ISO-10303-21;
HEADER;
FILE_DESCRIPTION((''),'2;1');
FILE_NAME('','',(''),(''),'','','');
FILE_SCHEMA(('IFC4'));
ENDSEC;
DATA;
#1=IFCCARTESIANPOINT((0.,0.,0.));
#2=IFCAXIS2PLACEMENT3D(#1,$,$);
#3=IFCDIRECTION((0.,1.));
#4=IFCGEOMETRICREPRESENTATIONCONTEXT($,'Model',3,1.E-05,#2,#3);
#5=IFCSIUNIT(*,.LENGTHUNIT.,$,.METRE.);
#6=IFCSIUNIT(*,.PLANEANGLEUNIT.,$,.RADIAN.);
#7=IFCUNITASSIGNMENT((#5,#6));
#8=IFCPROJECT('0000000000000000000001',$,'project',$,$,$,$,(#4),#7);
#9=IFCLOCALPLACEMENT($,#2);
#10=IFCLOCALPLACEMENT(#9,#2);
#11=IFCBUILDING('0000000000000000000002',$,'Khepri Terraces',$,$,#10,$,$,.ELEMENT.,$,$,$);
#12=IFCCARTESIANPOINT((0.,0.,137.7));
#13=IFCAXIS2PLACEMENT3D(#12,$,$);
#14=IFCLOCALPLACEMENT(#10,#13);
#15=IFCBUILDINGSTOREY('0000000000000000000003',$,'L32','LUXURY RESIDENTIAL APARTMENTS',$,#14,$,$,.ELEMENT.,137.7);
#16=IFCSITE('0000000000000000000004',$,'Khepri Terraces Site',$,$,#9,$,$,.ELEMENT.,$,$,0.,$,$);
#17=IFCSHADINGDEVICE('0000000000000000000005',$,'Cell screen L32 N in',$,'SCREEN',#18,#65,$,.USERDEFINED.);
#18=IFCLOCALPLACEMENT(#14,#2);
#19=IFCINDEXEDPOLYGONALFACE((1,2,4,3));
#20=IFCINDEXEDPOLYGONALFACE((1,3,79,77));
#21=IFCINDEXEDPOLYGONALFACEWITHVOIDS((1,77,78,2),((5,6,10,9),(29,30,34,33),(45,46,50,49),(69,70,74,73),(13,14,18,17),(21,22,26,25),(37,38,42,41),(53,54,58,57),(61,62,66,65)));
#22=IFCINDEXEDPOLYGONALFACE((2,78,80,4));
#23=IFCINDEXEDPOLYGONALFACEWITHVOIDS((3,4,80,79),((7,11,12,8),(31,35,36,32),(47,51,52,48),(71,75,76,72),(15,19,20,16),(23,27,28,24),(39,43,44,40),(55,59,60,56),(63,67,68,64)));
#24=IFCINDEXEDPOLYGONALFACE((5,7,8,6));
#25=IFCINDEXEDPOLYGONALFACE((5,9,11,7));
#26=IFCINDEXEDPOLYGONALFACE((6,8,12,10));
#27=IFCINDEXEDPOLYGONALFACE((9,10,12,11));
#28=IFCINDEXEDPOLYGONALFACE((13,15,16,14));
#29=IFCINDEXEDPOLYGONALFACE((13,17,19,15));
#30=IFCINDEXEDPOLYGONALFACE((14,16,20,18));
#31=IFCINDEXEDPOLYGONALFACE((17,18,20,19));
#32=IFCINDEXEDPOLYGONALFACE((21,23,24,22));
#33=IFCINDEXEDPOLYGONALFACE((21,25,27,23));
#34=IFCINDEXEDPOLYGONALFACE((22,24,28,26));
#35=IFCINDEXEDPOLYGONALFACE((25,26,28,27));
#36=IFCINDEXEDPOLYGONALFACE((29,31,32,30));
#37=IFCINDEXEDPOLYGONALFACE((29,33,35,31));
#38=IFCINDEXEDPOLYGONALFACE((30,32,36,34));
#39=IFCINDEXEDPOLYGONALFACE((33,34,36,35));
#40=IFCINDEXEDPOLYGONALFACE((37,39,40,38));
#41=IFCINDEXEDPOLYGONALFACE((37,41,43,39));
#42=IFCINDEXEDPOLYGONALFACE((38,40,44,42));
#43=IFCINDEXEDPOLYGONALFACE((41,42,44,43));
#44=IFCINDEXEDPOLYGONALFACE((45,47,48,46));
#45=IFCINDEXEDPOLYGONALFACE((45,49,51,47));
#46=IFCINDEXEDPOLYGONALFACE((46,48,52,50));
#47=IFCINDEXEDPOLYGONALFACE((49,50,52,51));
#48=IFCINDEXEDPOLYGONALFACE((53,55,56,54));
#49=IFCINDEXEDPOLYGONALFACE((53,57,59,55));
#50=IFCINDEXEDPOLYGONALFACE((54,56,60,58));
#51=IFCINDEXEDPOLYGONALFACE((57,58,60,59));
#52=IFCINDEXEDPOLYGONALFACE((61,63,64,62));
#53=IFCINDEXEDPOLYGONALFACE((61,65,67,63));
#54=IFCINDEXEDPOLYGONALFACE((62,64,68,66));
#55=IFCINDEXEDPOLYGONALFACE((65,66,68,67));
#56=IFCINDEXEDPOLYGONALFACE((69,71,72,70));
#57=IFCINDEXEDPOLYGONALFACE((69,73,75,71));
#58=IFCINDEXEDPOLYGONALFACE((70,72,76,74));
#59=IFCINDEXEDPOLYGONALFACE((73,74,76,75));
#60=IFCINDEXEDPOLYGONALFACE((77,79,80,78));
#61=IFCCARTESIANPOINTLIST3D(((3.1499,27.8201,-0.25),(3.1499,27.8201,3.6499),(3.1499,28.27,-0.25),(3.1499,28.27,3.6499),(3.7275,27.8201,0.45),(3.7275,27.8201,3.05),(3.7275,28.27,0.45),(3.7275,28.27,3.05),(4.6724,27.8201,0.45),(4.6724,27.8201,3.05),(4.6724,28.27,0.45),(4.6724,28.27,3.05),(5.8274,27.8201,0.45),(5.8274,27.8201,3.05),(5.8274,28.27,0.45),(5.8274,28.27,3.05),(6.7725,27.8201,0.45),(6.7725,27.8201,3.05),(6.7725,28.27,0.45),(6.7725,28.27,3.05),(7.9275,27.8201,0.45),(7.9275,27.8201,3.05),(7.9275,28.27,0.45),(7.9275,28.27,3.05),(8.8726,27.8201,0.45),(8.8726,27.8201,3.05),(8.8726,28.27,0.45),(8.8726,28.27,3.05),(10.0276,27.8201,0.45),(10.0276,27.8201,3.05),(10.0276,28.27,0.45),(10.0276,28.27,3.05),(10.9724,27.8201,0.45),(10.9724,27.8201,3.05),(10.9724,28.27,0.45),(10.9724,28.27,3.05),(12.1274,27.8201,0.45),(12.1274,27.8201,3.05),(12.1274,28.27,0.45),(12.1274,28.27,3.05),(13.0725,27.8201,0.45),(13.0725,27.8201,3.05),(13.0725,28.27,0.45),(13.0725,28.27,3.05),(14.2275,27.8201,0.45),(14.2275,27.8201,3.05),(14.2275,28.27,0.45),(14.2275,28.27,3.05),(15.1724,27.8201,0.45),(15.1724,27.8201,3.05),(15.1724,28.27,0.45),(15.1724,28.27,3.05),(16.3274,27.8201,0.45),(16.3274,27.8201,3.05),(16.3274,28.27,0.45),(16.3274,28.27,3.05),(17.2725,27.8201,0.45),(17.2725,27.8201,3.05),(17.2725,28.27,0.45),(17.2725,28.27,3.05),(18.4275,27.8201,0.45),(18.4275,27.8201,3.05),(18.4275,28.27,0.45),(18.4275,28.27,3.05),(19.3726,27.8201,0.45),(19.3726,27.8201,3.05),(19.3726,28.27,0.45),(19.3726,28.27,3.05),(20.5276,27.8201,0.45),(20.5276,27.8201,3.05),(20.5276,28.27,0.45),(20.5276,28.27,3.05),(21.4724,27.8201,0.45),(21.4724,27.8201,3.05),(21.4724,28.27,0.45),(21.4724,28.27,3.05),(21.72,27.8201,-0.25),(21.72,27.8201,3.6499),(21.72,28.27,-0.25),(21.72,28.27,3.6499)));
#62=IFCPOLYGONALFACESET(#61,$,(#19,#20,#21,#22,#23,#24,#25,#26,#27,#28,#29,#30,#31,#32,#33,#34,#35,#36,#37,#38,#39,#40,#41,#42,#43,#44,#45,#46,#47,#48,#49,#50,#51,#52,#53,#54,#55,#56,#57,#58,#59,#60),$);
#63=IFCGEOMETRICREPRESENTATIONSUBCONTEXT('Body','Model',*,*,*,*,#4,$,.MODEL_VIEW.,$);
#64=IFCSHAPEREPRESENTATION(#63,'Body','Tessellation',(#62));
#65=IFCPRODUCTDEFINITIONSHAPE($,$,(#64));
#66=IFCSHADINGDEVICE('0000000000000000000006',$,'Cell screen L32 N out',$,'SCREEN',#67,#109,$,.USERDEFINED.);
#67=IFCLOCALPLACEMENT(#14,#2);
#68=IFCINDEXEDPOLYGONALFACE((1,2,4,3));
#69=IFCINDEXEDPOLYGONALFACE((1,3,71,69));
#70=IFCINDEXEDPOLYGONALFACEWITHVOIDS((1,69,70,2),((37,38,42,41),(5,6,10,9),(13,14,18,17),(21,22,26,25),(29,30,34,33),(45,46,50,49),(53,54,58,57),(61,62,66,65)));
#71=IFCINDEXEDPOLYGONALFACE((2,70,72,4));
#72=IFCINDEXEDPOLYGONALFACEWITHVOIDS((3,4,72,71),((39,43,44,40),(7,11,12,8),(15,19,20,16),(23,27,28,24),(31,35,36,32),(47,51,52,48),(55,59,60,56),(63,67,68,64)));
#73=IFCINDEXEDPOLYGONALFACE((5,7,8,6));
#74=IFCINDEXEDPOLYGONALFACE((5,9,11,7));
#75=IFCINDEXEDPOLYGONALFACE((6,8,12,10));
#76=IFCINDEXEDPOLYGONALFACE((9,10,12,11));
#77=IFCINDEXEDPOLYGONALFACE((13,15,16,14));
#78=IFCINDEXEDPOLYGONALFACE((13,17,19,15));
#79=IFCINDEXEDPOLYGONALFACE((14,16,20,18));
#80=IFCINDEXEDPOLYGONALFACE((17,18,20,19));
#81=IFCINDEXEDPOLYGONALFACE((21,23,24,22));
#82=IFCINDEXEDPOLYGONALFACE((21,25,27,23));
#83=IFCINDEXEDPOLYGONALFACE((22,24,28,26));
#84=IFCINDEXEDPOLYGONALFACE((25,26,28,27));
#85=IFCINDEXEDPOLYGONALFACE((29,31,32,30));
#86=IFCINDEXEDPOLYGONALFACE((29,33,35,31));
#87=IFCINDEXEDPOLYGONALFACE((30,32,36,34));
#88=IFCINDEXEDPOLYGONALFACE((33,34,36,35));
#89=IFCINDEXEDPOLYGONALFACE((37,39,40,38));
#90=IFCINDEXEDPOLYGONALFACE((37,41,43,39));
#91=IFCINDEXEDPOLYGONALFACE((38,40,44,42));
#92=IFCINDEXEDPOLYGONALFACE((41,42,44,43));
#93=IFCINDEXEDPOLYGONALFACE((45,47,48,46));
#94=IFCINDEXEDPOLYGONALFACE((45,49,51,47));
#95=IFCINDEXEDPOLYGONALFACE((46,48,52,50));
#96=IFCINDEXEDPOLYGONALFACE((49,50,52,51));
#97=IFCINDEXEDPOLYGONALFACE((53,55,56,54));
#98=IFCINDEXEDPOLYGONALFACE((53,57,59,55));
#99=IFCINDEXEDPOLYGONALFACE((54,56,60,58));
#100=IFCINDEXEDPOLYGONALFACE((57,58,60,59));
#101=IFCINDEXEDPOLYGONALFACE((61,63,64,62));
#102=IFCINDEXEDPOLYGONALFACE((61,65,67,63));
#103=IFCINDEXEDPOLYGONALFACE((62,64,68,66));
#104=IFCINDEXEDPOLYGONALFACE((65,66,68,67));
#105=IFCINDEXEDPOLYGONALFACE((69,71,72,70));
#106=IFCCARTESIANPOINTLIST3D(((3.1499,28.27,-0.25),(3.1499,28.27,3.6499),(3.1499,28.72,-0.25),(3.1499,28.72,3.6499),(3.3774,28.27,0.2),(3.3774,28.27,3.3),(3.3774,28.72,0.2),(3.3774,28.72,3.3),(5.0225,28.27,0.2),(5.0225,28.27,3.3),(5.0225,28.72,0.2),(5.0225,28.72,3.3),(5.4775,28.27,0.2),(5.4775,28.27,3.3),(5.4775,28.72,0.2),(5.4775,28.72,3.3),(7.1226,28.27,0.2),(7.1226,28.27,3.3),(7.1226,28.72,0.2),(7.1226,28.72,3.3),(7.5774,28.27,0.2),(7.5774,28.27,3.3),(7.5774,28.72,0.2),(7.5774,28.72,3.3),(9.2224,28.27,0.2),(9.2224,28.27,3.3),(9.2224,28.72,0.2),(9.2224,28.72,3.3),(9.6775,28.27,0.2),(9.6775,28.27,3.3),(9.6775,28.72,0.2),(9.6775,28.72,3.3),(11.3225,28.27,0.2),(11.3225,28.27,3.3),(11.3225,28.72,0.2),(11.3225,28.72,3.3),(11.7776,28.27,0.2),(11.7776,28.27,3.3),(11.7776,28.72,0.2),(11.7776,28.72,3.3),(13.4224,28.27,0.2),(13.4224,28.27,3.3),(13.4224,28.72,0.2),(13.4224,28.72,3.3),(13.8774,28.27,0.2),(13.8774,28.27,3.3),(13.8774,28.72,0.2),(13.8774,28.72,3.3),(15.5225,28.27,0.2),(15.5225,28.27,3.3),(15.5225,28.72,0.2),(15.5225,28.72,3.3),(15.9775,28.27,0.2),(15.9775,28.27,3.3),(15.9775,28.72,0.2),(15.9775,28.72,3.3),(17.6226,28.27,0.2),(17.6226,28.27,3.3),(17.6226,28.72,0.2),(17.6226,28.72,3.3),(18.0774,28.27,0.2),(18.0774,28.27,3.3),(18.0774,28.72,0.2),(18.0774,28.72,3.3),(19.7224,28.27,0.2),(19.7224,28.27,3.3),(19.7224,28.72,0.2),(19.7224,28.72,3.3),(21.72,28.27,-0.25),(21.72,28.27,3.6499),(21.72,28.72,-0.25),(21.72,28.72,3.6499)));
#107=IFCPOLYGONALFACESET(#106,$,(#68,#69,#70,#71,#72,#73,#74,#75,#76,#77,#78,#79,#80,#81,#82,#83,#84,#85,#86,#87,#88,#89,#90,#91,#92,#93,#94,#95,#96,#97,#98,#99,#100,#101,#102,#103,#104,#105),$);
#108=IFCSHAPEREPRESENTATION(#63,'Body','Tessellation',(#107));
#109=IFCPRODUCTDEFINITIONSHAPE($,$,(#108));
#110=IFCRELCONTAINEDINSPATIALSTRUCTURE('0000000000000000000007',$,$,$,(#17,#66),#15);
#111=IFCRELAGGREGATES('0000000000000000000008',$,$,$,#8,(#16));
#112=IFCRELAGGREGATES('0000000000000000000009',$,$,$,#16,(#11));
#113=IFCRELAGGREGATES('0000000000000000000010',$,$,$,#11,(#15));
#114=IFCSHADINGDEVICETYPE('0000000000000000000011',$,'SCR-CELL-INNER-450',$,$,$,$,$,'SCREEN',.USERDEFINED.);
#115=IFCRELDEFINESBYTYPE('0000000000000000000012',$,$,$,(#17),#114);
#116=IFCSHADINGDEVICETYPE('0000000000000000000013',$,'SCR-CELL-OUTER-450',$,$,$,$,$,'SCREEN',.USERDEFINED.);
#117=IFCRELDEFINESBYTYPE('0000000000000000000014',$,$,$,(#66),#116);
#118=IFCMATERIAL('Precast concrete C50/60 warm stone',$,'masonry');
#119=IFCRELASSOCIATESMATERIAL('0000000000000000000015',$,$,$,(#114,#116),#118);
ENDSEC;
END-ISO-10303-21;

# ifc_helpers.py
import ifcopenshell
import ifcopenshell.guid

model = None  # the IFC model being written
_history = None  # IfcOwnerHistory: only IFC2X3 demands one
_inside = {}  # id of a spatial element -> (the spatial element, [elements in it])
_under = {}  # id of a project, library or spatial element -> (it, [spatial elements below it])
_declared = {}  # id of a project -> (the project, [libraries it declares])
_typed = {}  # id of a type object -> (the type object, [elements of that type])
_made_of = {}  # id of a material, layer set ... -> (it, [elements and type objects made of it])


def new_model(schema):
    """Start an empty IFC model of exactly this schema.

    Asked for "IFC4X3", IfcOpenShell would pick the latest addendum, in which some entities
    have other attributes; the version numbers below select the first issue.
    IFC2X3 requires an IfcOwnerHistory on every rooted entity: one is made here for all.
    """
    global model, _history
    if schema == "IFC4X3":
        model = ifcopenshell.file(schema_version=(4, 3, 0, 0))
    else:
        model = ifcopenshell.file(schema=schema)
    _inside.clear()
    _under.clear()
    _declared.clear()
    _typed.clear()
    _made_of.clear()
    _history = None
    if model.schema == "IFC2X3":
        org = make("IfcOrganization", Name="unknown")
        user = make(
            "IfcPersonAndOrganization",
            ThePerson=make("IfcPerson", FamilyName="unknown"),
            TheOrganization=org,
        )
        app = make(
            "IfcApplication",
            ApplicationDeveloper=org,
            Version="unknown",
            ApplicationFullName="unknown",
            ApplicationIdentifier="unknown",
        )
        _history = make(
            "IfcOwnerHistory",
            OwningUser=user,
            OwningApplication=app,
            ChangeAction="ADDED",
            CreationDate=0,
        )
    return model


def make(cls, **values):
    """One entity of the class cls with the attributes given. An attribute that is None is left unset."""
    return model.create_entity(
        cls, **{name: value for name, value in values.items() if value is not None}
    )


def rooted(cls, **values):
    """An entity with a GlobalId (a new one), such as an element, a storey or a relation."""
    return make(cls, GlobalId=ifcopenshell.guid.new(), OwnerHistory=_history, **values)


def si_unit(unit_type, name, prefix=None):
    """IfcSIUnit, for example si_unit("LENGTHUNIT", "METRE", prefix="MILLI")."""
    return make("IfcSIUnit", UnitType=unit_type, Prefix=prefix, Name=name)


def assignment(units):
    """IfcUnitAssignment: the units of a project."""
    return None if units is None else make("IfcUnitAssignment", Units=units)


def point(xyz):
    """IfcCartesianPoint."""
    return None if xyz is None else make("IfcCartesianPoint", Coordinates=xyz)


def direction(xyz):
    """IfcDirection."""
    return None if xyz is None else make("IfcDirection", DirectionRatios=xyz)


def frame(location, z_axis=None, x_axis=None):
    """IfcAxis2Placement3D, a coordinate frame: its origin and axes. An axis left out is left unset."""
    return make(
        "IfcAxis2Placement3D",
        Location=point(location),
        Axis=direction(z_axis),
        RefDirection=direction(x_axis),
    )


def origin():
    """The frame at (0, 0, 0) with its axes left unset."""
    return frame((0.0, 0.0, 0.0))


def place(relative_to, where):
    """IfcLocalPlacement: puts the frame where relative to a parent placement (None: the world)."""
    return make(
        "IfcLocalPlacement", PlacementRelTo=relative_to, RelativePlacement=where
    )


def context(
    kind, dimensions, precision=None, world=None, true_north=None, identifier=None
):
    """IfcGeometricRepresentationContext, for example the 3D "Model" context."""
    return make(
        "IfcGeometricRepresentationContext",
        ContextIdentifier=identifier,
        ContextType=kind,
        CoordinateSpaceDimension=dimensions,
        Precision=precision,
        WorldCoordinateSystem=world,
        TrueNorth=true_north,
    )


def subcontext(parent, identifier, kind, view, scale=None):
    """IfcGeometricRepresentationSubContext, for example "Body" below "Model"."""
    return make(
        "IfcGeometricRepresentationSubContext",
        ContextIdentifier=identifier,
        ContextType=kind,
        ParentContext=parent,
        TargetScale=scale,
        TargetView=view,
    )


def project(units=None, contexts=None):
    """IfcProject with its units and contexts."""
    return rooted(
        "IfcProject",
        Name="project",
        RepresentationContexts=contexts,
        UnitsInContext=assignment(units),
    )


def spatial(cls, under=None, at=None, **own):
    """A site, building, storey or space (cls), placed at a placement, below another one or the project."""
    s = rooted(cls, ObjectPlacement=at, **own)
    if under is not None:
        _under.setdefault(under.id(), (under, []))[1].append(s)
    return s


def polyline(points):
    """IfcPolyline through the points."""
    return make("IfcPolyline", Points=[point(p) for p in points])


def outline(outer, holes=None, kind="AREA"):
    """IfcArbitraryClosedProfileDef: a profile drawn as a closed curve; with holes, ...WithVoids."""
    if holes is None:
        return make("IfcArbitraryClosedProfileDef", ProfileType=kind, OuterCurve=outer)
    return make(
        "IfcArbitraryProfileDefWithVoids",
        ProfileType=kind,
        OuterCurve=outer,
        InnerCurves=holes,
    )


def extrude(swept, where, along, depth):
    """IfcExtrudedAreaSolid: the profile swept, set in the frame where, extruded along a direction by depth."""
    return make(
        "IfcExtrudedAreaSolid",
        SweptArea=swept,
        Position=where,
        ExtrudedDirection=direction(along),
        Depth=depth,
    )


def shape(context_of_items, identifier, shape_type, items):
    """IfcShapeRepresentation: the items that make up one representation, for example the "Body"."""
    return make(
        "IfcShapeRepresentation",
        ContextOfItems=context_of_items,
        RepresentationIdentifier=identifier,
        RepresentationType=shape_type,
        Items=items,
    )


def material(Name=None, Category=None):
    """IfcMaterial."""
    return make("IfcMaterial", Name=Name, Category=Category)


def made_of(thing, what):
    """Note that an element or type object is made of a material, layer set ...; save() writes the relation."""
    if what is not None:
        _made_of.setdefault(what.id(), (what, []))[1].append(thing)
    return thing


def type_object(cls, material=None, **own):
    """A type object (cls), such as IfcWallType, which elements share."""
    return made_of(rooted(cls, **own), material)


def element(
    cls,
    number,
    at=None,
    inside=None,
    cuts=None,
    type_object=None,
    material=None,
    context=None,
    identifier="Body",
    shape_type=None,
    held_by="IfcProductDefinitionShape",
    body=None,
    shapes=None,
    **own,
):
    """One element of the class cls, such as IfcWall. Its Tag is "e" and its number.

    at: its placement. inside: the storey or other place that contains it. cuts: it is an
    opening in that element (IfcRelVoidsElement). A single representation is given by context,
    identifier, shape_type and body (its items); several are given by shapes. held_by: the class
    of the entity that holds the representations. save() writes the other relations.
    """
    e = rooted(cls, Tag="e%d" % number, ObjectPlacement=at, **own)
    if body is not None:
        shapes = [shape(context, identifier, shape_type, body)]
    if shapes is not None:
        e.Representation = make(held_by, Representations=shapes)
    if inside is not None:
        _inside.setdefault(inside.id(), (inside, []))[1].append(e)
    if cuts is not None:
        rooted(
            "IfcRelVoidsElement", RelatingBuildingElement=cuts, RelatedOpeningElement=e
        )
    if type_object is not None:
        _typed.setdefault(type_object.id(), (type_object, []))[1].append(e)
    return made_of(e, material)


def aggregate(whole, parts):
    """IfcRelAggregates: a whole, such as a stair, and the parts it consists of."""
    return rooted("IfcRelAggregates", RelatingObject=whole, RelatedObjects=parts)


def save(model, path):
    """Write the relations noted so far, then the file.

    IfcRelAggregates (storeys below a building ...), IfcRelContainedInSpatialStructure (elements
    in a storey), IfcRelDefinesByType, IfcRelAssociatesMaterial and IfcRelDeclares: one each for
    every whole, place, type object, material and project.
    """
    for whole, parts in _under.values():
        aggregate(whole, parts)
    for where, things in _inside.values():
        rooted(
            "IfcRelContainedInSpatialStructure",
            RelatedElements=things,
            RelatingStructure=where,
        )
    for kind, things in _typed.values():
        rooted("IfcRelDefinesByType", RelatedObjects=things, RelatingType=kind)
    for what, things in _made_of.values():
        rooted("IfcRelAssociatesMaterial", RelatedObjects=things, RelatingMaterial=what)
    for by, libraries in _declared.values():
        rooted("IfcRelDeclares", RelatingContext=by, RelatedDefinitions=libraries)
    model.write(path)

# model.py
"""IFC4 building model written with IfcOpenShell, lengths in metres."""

from ifc_helpers import new_model, si_unit, direction, frame, origin, place, context, subcontext, project, spatial, polyline, outline, extrude, material, type_object, element, save


model = new_model("IFC4")

# Units and contexts
model_context = context("Model", 3, precision=1e-05, world=origin(), true_north=direction((0.0, 1.0)))
body_context = subcontext(model_context, "Body", "Model", "MODEL_VIEW")
ifc_project = project(units=[si_unit("LENGTHUNIT", "METRE"), si_unit("PLANEANGLEUNIT", "RADIAN")], contexts=[model_context])

# Site, building, storey
site_placement = place(None, origin())
site = spatial("IfcSite", under=ifc_project, at=site_placement, Name="Khepri Terraces Site", CompositionType="ELEMENT", RefElevation=0.0)
building_placement = place(site_placement, origin())
building = spatial("IfcBuilding", under=site, at=building_placement, Name="Khepri Terraces", CompositionType="ELEMENT")
storey_placement = place(building_placement, frame((0.0, 0.0, 137.7)))
storey = spatial("IfcBuildingStorey", under=building, at=storey_placement, Name="L32", Description="LUXURY RESIDENTIAL APARTMENTS", CompositionType="ELEMENT", Elevation=137.7)

# Shared definitions
ifc_material_1 = material(Name="Precast concrete C50/60 warm stone", Category="masonry")

# Shading devices
shading_device_type_1 = type_object("IfcShadingDeviceType", Name="SCR-CELL-INNER-450", ElementType="SCREEN", PredefinedType="USERDEFINED", material=ifc_material_1)
shading_device_1_placement = place(storey_placement, frame((21.72, 27.8201, -0.25), z_axis=(0.0, 1.0, 0.0), x_axis=(-1.0, 0.0, 0.0)))
element("IfcShadingDevice", 1, at=shading_device_1_placement, inside=storey, type_object=shading_device_type_1, Name="Cell screen L32 N in", ObjectType="SCREEN", PredefinedType="USERDEFINED", context=body_context, shape_type="SweptSolid", body=[
    extrude(outline(polyline([(0.0, 0.0), (18.5701, 0.0), (18.5701, 3.8999), (0.0, 3.8999), (0.0, 0.0)]), holes=[polyline([(0.2476, 0.7), (1.1924, 0.7), (1.1924, 3.3), (0.2476, 3.3), (0.2476, 0.7)]), polyline([(2.3474, 0.7), (3.2925, 0.7), (3.2925, 3.3), (2.3474, 3.3), (2.3474, 0.7)]), polyline([(4.4475, 0.7), (5.3926, 0.7), (5.3926, 3.3), (4.4475, 3.3), (4.4475, 0.7)]), polyline([(6.5476, 0.7), (7.4924, 0.7), (7.4924, 3.3), (6.5476, 3.3), (6.5476, 0.7)]), polyline([(8.6475, 0.7), (9.5925, 0.7), (9.5925, 3.3), (8.6475, 3.3), (8.6475, 0.7)]), polyline([(10.7476, 0.7), (11.6924, 0.7), (11.6924, 3.3), (10.7476, 3.3), (10.7476, 0.7)]), polyline([(12.8474, 0.7), (13.7925, 0.7), (13.7925, 3.3), (12.8474, 3.3), (12.8474, 0.7)]), polyline([(14.9475, 0.7), (15.8926, 0.7), (15.8926, 3.3), (14.9475, 3.3), (14.9475, 0.7)]), polyline([(17.0476, 0.7), (17.9924, 0.7), (17.9924, 3.3), (17.0476, 3.3), (17.0476, 0.7)])]), origin(), (0.0, 0.0, 1.0), 0.45),
])
shading_device_type_2 = type_object("IfcShadingDeviceType", Name="SCR-CELL-OUTER-450", ElementType="SCREEN", PredefinedType="USERDEFINED", material=ifc_material_1)
shading_device_2_placement = place(storey_placement, frame((21.72, 28.27, -0.25), z_axis=(0.0, 1.0, 0.0), x_axis=(-1.0, 0.0, 0.0)))
element("IfcShadingDevice", 2, at=shading_device_2_placement, inside=storey, type_object=shading_device_type_2, Name="Cell screen L32 N out", ObjectType="SCREEN", PredefinedType="USERDEFINED", context=body_context, shape_type="SweptSolid", body=[
    extrude(outline(polyline([(0.0, 0.0), (18.5701, 0.0), (18.5701, 3.8999), (0.0, 3.8999), (0.0, 0.0)]), holes=[polyline([(1.9976, 0.45), (3.6426, 0.45), (3.6426, 3.55), (1.9976, 3.55), (1.9976, 0.45)]), polyline([(4.0974, 0.45), (5.7424, 0.45), (5.7424, 3.55), (4.0974, 3.55), (4.0974, 0.45)]), polyline([(6.1975, 0.45), (7.8425, 0.45), (7.8425, 3.55), (6.1975, 3.55), (6.1975, 0.45)]), polyline([(8.2976, 0.45), (9.9424, 0.45), (9.9424, 3.55), (8.2976, 3.55), (8.2976, 0.45)]), polyline([(10.3975, 0.45), (12.0425, 0.45), (12.0425, 3.55), (10.3975, 3.55), (10.3975, 0.45)]), polyline([(12.4976, 0.45), (14.1426, 0.45), (14.1426, 3.55), (12.4976, 3.55), (12.4976, 0.45)]), polyline([(14.5974, 0.45), (16.2424, 0.45), (16.2424, 3.55), (14.5974, 3.55), (14.5974, 0.45)]), polyline([(16.6975, 0.45), (18.3425, 0.45), (18.3425, 3.55), (16.6975, 3.55), (16.6975, 0.45)])]), origin(), (0.0, 0.0, 1.0), 0.45),
])

save(model, "model.ifc")
